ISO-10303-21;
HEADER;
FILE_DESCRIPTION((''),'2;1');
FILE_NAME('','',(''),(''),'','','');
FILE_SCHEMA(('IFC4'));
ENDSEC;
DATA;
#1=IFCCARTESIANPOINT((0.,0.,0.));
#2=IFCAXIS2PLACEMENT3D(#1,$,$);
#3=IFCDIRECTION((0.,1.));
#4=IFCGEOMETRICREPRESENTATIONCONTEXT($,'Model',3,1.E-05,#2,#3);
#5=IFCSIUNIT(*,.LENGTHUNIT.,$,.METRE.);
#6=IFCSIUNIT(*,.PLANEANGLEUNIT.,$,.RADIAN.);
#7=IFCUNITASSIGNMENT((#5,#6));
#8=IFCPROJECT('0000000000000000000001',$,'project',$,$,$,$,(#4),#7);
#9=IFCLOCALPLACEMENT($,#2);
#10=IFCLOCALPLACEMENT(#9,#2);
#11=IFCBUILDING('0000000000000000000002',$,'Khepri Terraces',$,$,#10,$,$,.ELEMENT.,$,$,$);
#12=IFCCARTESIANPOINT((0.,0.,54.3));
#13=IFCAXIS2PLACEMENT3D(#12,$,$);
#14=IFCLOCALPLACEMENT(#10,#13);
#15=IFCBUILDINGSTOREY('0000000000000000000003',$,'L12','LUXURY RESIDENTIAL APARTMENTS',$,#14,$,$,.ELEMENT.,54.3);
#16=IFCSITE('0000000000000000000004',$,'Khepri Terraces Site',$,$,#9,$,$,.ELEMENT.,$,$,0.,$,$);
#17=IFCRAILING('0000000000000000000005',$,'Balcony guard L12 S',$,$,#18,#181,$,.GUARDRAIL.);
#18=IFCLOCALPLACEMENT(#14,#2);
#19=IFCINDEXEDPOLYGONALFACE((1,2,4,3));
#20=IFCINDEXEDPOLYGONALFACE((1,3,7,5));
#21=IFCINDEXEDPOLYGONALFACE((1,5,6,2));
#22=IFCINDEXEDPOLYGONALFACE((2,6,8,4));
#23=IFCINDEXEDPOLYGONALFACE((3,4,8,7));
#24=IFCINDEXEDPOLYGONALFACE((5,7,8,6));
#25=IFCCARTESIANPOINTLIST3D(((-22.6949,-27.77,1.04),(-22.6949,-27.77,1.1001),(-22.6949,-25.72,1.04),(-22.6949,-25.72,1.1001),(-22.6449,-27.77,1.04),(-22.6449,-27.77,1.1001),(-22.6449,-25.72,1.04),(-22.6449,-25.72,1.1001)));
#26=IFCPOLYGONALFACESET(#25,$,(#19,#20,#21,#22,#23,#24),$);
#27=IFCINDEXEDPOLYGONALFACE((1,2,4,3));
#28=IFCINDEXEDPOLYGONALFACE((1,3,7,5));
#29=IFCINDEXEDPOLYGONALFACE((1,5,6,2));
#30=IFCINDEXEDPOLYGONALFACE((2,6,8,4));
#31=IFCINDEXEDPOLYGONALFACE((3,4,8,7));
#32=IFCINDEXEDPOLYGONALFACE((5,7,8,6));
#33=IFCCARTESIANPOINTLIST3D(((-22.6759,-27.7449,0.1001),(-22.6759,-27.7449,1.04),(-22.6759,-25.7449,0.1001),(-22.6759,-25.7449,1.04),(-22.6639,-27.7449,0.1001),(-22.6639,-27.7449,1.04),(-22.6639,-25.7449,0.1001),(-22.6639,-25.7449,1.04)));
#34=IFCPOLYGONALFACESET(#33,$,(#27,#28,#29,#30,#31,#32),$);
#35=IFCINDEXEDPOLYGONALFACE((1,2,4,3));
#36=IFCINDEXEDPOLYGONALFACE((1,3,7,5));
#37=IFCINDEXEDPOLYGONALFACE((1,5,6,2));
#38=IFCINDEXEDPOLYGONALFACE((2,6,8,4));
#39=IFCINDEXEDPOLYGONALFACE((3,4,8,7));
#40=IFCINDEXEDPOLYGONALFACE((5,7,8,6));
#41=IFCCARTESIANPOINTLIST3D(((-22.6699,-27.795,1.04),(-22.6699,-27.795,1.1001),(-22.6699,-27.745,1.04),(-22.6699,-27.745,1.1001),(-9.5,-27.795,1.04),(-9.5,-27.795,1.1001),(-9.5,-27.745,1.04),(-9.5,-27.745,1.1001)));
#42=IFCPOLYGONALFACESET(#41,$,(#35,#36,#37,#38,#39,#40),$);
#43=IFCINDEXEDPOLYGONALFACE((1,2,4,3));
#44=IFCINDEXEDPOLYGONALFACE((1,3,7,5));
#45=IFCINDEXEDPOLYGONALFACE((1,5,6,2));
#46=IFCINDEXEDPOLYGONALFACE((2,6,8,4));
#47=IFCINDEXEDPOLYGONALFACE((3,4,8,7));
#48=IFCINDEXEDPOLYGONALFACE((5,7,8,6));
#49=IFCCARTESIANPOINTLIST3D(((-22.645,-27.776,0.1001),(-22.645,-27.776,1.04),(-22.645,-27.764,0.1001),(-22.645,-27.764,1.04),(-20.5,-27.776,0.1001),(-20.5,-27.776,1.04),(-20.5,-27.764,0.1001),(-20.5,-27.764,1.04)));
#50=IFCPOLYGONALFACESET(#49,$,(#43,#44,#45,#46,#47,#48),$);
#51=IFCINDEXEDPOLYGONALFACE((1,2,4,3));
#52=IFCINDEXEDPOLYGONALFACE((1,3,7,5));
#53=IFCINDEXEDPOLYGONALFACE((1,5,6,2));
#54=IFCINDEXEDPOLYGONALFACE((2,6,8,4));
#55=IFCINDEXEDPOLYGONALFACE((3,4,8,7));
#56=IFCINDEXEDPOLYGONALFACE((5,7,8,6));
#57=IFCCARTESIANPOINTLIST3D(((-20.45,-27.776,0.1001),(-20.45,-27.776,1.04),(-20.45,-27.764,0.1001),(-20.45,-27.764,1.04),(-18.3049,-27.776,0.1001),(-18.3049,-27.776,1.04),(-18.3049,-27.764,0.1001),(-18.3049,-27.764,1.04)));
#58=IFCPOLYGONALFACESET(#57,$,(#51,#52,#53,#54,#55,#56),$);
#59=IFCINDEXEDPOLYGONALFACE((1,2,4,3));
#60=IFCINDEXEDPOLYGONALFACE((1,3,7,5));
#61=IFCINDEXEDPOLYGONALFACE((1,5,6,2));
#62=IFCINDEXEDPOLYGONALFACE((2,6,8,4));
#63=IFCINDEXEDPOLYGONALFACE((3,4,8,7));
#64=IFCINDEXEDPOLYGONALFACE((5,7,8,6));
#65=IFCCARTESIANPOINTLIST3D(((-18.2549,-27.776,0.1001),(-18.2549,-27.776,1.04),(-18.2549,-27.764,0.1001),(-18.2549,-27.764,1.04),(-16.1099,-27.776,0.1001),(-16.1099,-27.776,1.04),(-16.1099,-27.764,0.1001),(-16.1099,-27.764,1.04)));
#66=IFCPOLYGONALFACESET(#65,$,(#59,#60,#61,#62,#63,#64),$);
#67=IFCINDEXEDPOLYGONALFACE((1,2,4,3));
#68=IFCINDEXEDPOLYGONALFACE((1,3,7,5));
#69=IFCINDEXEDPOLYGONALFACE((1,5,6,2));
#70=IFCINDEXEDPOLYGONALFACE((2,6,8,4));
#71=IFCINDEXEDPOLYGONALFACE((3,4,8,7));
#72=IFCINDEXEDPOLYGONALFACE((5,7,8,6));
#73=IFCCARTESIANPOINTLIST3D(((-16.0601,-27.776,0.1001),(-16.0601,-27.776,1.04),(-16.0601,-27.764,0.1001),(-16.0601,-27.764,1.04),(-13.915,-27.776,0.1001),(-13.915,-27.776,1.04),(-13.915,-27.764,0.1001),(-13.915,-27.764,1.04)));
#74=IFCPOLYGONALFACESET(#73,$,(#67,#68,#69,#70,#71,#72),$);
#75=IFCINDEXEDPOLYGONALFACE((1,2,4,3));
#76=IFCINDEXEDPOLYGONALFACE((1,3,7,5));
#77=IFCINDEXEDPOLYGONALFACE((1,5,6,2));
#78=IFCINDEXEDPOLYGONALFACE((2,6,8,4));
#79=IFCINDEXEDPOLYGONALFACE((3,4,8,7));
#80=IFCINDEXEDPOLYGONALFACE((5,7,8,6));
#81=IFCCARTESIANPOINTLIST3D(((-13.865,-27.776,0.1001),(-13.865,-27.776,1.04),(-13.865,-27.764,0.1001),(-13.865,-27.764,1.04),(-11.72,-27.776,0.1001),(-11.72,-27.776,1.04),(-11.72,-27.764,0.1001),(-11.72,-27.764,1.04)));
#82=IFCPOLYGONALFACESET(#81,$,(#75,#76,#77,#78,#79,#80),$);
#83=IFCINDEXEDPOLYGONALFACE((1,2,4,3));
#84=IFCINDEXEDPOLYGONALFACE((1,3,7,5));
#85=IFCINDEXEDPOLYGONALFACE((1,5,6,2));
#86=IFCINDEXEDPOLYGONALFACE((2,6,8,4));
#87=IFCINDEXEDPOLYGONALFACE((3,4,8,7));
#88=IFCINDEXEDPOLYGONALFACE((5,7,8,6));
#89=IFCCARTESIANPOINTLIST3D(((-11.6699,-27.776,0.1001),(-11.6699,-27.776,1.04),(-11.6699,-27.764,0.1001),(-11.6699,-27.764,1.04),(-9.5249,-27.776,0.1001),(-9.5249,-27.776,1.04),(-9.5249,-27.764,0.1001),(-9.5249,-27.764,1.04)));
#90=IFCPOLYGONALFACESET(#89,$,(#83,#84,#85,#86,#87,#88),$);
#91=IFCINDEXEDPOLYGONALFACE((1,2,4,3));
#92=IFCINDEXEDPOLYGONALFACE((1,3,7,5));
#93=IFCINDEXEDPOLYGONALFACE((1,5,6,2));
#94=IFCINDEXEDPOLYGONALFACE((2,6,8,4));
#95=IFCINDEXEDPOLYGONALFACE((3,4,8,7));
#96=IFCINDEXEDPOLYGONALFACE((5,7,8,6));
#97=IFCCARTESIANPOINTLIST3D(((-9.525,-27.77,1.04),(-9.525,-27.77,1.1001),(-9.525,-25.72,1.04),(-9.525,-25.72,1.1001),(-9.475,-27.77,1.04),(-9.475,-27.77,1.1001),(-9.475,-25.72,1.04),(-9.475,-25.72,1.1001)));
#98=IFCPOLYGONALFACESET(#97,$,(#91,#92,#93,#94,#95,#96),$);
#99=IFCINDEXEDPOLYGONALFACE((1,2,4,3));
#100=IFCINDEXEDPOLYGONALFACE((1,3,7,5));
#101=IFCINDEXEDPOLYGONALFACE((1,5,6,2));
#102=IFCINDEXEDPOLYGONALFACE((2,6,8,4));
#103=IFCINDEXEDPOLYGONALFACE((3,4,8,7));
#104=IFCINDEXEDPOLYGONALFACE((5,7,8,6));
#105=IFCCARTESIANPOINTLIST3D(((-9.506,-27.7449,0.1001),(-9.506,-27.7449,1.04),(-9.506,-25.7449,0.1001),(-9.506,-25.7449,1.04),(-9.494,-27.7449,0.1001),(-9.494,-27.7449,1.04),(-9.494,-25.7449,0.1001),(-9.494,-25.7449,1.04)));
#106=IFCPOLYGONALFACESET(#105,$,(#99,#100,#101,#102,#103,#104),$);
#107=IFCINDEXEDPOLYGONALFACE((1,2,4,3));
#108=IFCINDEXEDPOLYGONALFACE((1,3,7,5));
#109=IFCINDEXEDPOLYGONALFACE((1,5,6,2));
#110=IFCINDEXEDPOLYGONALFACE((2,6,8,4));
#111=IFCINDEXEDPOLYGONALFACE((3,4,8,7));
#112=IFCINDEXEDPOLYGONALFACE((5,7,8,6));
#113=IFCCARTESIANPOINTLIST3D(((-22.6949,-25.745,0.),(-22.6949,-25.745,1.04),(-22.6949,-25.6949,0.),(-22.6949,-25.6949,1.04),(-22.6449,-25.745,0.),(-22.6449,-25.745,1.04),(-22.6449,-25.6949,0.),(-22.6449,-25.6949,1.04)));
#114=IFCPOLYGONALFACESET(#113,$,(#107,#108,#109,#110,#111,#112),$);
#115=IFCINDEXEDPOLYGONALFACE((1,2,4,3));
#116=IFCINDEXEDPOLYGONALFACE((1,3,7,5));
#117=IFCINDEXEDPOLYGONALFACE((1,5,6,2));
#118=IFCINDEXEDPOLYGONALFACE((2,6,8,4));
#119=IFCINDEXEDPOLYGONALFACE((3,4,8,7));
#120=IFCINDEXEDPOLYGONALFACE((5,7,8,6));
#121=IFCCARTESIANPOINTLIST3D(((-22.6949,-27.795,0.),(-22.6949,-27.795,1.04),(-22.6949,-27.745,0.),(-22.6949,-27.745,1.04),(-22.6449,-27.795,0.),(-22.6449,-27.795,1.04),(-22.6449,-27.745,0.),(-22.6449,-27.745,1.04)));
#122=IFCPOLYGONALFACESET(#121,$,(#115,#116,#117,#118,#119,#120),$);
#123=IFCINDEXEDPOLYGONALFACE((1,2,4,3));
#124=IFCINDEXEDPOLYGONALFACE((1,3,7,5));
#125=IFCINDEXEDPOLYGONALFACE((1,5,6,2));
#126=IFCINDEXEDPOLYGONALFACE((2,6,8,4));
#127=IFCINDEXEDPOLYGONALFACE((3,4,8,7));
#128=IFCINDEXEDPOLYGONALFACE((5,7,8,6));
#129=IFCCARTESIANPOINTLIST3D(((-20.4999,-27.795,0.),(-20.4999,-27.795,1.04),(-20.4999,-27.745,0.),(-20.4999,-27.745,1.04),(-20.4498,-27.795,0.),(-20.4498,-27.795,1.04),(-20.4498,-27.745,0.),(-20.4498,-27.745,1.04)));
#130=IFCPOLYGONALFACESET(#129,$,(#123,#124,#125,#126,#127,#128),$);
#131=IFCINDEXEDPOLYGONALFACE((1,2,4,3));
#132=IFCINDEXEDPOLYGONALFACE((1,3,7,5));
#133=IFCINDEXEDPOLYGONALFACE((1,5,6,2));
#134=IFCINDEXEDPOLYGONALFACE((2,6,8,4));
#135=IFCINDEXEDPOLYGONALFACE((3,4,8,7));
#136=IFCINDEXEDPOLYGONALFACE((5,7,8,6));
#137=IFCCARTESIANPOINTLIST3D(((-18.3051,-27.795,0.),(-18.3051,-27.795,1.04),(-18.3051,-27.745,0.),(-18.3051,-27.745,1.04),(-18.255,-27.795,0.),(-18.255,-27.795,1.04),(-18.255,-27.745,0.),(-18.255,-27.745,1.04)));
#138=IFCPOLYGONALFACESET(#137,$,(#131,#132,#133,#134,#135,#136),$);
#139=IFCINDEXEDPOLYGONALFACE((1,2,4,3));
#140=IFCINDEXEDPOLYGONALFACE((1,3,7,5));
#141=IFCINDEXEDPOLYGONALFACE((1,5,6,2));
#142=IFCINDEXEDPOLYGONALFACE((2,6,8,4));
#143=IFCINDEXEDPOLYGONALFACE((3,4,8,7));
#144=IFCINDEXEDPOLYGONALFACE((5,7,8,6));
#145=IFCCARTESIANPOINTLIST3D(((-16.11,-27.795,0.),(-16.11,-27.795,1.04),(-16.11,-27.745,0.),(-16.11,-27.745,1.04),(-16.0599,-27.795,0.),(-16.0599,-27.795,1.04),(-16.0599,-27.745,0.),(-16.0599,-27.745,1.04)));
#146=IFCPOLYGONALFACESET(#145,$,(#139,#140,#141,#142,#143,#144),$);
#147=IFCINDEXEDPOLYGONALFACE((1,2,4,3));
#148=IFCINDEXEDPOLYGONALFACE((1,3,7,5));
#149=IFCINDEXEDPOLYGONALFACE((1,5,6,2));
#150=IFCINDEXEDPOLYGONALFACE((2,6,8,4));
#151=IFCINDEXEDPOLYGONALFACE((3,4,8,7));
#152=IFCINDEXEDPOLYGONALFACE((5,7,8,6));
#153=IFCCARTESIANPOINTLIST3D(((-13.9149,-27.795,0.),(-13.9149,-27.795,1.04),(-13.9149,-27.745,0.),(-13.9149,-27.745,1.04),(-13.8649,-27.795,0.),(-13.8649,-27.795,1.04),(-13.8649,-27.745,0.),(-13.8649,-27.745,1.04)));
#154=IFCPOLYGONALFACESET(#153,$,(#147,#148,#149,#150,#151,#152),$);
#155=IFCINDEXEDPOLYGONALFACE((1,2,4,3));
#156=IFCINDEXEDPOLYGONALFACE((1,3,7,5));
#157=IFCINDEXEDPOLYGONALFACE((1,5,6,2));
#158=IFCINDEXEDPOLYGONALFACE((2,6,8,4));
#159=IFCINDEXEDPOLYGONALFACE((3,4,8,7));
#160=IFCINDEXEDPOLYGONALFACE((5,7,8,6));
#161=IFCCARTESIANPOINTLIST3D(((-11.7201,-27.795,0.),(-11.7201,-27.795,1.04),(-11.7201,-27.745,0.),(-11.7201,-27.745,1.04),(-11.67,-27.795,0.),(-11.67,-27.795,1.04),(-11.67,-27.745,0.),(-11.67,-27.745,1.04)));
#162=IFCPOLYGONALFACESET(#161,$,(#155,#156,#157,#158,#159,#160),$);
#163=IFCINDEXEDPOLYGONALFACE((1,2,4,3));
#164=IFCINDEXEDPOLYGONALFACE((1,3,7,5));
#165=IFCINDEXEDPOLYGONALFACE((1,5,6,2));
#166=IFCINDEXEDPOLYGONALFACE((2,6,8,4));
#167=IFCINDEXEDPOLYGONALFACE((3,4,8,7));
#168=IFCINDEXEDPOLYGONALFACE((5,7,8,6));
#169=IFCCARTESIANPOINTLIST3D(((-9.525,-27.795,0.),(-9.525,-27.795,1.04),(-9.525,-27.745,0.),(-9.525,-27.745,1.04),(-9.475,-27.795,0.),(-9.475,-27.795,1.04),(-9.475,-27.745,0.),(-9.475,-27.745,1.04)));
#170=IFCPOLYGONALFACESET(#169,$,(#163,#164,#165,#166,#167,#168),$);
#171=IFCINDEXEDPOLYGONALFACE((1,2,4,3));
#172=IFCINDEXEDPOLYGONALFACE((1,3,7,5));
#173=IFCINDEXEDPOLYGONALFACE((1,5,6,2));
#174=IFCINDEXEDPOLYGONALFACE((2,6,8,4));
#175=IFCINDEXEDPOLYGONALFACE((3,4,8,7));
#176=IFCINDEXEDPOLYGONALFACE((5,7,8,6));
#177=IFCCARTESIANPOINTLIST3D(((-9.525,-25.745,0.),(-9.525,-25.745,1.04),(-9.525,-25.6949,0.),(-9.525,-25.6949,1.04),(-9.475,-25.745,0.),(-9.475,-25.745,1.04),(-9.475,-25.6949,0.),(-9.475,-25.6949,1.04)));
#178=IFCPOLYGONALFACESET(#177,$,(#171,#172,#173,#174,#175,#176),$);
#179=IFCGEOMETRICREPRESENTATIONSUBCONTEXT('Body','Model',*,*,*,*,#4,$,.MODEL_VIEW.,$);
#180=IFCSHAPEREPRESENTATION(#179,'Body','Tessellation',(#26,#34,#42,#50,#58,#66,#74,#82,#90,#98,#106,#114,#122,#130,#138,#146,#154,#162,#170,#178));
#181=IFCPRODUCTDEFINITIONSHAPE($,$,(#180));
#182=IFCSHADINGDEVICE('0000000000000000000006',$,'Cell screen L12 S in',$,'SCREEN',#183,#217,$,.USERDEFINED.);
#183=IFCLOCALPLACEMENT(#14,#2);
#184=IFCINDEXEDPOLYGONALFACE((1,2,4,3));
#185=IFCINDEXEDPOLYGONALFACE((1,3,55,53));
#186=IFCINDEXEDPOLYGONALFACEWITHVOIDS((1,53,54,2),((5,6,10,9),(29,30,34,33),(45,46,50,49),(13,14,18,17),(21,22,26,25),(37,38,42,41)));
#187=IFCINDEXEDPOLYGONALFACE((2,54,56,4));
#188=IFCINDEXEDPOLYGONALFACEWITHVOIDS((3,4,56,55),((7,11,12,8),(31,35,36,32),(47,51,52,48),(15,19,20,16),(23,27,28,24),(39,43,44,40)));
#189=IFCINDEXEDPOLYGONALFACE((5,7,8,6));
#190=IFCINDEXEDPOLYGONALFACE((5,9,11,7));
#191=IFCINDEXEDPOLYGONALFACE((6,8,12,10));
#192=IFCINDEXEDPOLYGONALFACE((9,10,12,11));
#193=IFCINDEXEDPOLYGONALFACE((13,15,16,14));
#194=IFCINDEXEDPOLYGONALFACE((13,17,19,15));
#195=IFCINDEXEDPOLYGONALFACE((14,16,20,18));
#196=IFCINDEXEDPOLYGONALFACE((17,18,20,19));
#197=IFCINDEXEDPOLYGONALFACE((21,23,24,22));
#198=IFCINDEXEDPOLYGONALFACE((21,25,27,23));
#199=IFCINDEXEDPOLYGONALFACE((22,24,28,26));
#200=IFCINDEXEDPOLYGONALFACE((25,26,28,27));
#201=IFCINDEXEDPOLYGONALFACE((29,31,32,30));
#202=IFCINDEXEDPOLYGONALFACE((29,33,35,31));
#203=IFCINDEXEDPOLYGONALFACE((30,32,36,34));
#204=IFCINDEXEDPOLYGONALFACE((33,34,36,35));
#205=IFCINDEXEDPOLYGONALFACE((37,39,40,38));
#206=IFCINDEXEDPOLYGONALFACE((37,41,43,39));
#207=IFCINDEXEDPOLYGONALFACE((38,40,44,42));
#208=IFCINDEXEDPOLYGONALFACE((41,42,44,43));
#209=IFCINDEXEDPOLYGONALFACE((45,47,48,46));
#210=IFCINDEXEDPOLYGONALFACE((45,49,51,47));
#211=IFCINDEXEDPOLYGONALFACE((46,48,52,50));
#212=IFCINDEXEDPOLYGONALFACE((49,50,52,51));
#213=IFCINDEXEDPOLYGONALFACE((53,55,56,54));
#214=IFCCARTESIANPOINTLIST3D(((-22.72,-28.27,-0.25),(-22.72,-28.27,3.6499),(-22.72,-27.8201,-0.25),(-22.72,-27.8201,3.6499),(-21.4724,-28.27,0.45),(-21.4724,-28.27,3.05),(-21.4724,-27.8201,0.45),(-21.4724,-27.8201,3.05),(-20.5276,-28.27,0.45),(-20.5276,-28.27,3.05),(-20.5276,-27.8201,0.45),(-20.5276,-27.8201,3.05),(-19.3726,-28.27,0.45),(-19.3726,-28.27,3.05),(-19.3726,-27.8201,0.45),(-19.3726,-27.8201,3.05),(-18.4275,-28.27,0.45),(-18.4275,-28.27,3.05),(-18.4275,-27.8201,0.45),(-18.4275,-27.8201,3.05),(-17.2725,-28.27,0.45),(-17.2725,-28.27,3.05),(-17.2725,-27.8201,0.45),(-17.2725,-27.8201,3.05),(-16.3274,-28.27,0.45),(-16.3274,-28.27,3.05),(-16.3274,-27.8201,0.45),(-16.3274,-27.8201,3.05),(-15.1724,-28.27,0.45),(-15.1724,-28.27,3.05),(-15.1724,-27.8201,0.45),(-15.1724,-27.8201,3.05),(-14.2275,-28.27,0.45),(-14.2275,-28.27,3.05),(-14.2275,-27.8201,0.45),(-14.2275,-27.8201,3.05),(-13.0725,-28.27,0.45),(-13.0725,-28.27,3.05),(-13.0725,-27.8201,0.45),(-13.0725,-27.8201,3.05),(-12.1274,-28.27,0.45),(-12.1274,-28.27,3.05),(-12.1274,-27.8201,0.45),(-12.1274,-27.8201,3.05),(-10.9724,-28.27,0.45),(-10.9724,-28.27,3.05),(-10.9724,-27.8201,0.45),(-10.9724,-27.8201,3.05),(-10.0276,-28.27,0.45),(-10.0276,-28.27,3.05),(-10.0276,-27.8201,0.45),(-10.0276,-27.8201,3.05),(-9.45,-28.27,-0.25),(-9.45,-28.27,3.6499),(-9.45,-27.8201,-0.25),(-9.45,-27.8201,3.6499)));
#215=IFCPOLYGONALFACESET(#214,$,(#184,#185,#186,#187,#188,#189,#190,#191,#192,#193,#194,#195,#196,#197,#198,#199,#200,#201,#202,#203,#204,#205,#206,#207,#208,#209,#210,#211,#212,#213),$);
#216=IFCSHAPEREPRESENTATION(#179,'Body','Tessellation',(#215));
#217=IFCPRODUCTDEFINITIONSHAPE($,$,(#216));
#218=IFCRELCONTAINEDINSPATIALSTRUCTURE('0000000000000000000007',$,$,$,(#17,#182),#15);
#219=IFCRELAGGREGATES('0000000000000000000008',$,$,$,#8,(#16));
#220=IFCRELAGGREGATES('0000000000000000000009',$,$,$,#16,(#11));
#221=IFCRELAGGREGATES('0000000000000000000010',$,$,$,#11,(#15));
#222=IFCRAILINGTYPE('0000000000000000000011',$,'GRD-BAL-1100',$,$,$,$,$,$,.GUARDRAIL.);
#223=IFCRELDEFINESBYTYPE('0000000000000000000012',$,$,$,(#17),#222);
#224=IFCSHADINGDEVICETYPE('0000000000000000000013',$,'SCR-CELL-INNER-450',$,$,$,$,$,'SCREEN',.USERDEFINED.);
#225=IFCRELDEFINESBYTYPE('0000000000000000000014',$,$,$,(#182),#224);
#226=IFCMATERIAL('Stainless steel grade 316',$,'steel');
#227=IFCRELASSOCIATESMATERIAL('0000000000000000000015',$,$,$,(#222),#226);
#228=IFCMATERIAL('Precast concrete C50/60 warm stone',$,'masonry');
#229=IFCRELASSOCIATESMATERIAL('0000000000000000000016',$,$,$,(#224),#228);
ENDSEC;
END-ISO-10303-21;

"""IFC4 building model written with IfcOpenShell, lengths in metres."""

from ifc_helpers import new_model, si_unit, direction, frame, origin, origin_2d, place, context, subcontext, project, spatial, polyline, rectangle, outline, extrude, material, type_object, element, save


model = new_model("IFC4")

# Units and contexts
model_context = context("Model", 3, precision=1e-05, world=origin(), true_north=direction((0.0, 1.0)))
body_context = subcontext(model_context, "Body", "Model", "MODEL_VIEW")
ifc_project = project(units=[si_unit("LENGTHUNIT", "METRE"), si_unit("PLANEANGLEUNIT", "RADIAN")], contexts=[model_context])

# Site, building, storey
site_placement = place(None, origin())
site = spatial("IfcSite", under=ifc_project, at=site_placement, Name="Khepri Terraces Site", CompositionType="ELEMENT", RefElevation=0.0)
building_placement = place(site_placement, origin())
building = spatial("IfcBuilding", under=site, at=building_placement, Name="Khepri Terraces", CompositionType="ELEMENT")
storey_placement = place(building_placement, frame((0.0, 0.0, 54.3)))
storey = spatial("IfcBuildingStorey", under=building, at=storey_placement, Name="L12", Description="LUXURY RESIDENTIAL APARTMENTS", CompositionType="ELEMENT", Elevation=54.3)

# Shared definitions
ifc_material_1 = material(Name="Precast concrete C50/60 warm stone", Category="masonry")

# Railing
ifc_material_2 = material(Name="Stainless steel grade 316", Category="steel")
railing_type = type_object("IfcRailingType", Name="GRD-BAL-1100", PredefinedType="GUARDRAIL", material=ifc_material_2)
railing_placement = place(storey_placement, frame((-22.6699, -25.72, 0.0)))
element("IfcRailing", 1, at=railing_placement, inside=storey, type_object=railing_type, Name="Balcony guard L12 S", PredefinedType="GUARDRAIL", context=body_context, shape_type="SweptSolid", body=[
    extrude(rectangle(XDim=0.05, YDim=0.0601, at=origin_2d()), frame((0.0, 0.0, 1.0701), z_axis=(0.0, -1.0, 0.0), x_axis=(1.0, 0.0, 0.0)), (0.0, 0.0, 1.0), 2.05),
    extrude(rectangle(XDim=2.0, YDim=0.012, at=origin_2d()), frame((0.0, -1.0249, 0.1001), z_axis=(0.0, 0.0, 1.0), x_axis=(0.0, -1.0, 0.0)), (0.0, 0.0, 1.0), 0.9399),
    extrude(rectangle(XDim=0.05, YDim=0.0601, at=origin_2d()), frame((0.0, -2.05, 1.0701), z_axis=(1.0, 0.0, 0.0), x_axis=(0.0, 1.0, 0.0)), (0.0, 0.0, 1.0), 13.1699),
    extrude(rectangle(XDim=2.145, YDim=0.012, at=origin_2d()), frame((1.0974, -2.05, 0.1001), z_axis=(0.0, 0.0, 1.0), x_axis=(1.0, 0.0, 0.0)), (0.0, 0.0, 1.0), 0.9399),
    extrude(rectangle(XDim=2.145, YDim=0.012, at=origin_2d()), frame((3.2925, -2.05, 0.1001), z_axis=(0.0, 0.0, 1.0), x_axis=(1.0, 0.0, 0.0)), (0.0, 0.0, 1.0), 0.9399),
    extrude(rectangle(XDim=2.145, YDim=0.012, at=origin_2d()), frame((5.4875, -2.05, 0.1001), z_axis=(0.0, 0.0, 1.0), x_axis=(1.0, 0.0, 0.0)), (0.0, 0.0, 1.0), 0.9399),
    extrude(rectangle(XDim=2.145, YDim=0.012, at=origin_2d()), frame((7.6824, -2.05, 0.1001), z_axis=(0.0, 0.0, 1.0), x_axis=(1.0, 0.0, 0.0)), (0.0, 0.0, 1.0), 0.9399),
    extrude(rectangle(XDim=2.145, YDim=0.012, at=origin_2d()), frame((9.8774, -2.05, 0.1001), z_axis=(0.0, 0.0, 1.0), x_axis=(1.0, 0.0, 0.0)), (0.0, 0.0, 1.0), 0.9399),
    extrude(rectangle(XDim=2.145, YDim=0.012, at=origin_2d()), frame((12.0725, -2.05, 0.1001), z_axis=(0.0, 0.0, 1.0), x_axis=(1.0, 0.0, 0.0)), (0.0, 0.0, 1.0), 0.9399),
    extrude(rectangle(XDim=0.05, YDim=0.0601, at=origin_2d()), frame((13.1699, -2.05, 1.0701), z_axis=(0.0, 1.0, 0.0), x_axis=(-1.0, 0.0, 0.0)), (0.0, 0.0, 1.0), 2.05),
    extrude(rectangle(XDim=2.0, YDim=0.012, at=origin_2d()), frame((13.1699, -1.0249, 0.1001), z_axis=(0.0, 0.0, 1.0), x_axis=(0.0, 1.0, 0.0)), (0.0, 0.0, 1.0), 0.9399),
    extrude(rectangle(XDim=0.05, YDim=0.05, at=origin_2d()), origin(), (0.0, 0.0, 1.0), 1.04),
    extrude(rectangle(XDim=0.05, YDim=0.05, at=origin_2d()), frame((0.0, -2.05, 0.0)), (0.0, 0.0, 1.0), 1.04),
    extrude(rectangle(XDim=0.05, YDim=0.05, at=origin_2d()), frame((2.1951, -2.05, 0.0)), (0.0, 0.0, 1.0), 1.04),
    extrude(rectangle(XDim=0.05, YDim=0.05, at=origin_2d()), frame((4.3899, -2.05, 0.0)), (0.0, 0.0, 1.0), 1.04),
    extrude(rectangle(XDim=0.05, YDim=0.05, at=origin_2d()), frame((6.585, -2.05, 0.0)), (0.0, 0.0, 1.0), 1.04),
    extrude(rectangle(XDim=0.05, YDim=0.05, at=origin_2d()), frame((8.78, -2.05, 0.0)), (0.0, 0.0, 1.0), 1.04),
    extrude(rectangle(XDim=0.05, YDim=0.05, at=origin_2d()), frame((10.9749, -2.05, 0.0)), (0.0, 0.0, 1.0), 1.04),
    extrude(rectangle(XDim=0.05, YDim=0.05, at=origin_2d()), frame((13.1699, -2.05, 0.0)), (0.0, 0.0, 1.0), 1.04),
    extrude(rectangle(XDim=0.05, YDim=0.05, at=origin_2d()), frame((13.1699, 0.0, 0.0)), (0.0, 0.0, 1.0), 1.04),
])

# Shading device
shading_device_type_1 = type_object("IfcShadingDeviceType", Name="SCR-CELL-INNER-450", ElementType="SCREEN", PredefinedType="USERDEFINED", material=ifc_material_1)
shading_device_1_placement = place(storey_placement, frame((-22.72, -27.8201, -0.25), z_axis=(0.0, -1.0, 0.0), x_axis=(1.0, 0.0, 0.0)))
element("IfcShadingDevice", 2, at=shading_device_1_placement, inside=storey, type_object=shading_device_type_1, Name="Cell screen L12 S in", ObjectType="SCREEN", PredefinedType="USERDEFINED", context=body_context, shape_type="SweptSolid", body=[
    extrude(outline(polyline([(0.0, 0.0), (13.27, 0.0), (13.27, 3.8999), (0.0, 3.8999), (0.0, 0.0)]), holes=[polyline([(1.2476, 0.7), (2.1924, 0.7), (2.1924, 3.3), (1.2476, 3.3), (1.2476, 0.7)]), polyline([(3.3474, 0.7), (4.2925, 0.7), (4.2925, 3.3), (3.3474, 3.3), (3.3474, 0.7)]), polyline([(5.4475, 0.7), (6.3926, 0.7), (6.3926, 3.3), (5.4475, 3.3), (5.4475, 0.7)]), polyline([(7.5476, 0.7), (8.4924, 0.7), (8.4924, 3.3), (7.5476, 3.3), (7.5476, 0.7)]), polyline([(9.6475, 0.7), (10.5925, 0.7), (10.5925, 3.3), (9.6475, 3.3), (9.6475, 0.7)]), polyline([(11.7476, 0.7), (12.6924, 0.7), (12.6924, 3.3), (11.7476, 3.3), (11.7476, 0.7)])]), origin(), (0.0, 0.0, 1.0), 0.45),
])

save(model, "model.ifc")
